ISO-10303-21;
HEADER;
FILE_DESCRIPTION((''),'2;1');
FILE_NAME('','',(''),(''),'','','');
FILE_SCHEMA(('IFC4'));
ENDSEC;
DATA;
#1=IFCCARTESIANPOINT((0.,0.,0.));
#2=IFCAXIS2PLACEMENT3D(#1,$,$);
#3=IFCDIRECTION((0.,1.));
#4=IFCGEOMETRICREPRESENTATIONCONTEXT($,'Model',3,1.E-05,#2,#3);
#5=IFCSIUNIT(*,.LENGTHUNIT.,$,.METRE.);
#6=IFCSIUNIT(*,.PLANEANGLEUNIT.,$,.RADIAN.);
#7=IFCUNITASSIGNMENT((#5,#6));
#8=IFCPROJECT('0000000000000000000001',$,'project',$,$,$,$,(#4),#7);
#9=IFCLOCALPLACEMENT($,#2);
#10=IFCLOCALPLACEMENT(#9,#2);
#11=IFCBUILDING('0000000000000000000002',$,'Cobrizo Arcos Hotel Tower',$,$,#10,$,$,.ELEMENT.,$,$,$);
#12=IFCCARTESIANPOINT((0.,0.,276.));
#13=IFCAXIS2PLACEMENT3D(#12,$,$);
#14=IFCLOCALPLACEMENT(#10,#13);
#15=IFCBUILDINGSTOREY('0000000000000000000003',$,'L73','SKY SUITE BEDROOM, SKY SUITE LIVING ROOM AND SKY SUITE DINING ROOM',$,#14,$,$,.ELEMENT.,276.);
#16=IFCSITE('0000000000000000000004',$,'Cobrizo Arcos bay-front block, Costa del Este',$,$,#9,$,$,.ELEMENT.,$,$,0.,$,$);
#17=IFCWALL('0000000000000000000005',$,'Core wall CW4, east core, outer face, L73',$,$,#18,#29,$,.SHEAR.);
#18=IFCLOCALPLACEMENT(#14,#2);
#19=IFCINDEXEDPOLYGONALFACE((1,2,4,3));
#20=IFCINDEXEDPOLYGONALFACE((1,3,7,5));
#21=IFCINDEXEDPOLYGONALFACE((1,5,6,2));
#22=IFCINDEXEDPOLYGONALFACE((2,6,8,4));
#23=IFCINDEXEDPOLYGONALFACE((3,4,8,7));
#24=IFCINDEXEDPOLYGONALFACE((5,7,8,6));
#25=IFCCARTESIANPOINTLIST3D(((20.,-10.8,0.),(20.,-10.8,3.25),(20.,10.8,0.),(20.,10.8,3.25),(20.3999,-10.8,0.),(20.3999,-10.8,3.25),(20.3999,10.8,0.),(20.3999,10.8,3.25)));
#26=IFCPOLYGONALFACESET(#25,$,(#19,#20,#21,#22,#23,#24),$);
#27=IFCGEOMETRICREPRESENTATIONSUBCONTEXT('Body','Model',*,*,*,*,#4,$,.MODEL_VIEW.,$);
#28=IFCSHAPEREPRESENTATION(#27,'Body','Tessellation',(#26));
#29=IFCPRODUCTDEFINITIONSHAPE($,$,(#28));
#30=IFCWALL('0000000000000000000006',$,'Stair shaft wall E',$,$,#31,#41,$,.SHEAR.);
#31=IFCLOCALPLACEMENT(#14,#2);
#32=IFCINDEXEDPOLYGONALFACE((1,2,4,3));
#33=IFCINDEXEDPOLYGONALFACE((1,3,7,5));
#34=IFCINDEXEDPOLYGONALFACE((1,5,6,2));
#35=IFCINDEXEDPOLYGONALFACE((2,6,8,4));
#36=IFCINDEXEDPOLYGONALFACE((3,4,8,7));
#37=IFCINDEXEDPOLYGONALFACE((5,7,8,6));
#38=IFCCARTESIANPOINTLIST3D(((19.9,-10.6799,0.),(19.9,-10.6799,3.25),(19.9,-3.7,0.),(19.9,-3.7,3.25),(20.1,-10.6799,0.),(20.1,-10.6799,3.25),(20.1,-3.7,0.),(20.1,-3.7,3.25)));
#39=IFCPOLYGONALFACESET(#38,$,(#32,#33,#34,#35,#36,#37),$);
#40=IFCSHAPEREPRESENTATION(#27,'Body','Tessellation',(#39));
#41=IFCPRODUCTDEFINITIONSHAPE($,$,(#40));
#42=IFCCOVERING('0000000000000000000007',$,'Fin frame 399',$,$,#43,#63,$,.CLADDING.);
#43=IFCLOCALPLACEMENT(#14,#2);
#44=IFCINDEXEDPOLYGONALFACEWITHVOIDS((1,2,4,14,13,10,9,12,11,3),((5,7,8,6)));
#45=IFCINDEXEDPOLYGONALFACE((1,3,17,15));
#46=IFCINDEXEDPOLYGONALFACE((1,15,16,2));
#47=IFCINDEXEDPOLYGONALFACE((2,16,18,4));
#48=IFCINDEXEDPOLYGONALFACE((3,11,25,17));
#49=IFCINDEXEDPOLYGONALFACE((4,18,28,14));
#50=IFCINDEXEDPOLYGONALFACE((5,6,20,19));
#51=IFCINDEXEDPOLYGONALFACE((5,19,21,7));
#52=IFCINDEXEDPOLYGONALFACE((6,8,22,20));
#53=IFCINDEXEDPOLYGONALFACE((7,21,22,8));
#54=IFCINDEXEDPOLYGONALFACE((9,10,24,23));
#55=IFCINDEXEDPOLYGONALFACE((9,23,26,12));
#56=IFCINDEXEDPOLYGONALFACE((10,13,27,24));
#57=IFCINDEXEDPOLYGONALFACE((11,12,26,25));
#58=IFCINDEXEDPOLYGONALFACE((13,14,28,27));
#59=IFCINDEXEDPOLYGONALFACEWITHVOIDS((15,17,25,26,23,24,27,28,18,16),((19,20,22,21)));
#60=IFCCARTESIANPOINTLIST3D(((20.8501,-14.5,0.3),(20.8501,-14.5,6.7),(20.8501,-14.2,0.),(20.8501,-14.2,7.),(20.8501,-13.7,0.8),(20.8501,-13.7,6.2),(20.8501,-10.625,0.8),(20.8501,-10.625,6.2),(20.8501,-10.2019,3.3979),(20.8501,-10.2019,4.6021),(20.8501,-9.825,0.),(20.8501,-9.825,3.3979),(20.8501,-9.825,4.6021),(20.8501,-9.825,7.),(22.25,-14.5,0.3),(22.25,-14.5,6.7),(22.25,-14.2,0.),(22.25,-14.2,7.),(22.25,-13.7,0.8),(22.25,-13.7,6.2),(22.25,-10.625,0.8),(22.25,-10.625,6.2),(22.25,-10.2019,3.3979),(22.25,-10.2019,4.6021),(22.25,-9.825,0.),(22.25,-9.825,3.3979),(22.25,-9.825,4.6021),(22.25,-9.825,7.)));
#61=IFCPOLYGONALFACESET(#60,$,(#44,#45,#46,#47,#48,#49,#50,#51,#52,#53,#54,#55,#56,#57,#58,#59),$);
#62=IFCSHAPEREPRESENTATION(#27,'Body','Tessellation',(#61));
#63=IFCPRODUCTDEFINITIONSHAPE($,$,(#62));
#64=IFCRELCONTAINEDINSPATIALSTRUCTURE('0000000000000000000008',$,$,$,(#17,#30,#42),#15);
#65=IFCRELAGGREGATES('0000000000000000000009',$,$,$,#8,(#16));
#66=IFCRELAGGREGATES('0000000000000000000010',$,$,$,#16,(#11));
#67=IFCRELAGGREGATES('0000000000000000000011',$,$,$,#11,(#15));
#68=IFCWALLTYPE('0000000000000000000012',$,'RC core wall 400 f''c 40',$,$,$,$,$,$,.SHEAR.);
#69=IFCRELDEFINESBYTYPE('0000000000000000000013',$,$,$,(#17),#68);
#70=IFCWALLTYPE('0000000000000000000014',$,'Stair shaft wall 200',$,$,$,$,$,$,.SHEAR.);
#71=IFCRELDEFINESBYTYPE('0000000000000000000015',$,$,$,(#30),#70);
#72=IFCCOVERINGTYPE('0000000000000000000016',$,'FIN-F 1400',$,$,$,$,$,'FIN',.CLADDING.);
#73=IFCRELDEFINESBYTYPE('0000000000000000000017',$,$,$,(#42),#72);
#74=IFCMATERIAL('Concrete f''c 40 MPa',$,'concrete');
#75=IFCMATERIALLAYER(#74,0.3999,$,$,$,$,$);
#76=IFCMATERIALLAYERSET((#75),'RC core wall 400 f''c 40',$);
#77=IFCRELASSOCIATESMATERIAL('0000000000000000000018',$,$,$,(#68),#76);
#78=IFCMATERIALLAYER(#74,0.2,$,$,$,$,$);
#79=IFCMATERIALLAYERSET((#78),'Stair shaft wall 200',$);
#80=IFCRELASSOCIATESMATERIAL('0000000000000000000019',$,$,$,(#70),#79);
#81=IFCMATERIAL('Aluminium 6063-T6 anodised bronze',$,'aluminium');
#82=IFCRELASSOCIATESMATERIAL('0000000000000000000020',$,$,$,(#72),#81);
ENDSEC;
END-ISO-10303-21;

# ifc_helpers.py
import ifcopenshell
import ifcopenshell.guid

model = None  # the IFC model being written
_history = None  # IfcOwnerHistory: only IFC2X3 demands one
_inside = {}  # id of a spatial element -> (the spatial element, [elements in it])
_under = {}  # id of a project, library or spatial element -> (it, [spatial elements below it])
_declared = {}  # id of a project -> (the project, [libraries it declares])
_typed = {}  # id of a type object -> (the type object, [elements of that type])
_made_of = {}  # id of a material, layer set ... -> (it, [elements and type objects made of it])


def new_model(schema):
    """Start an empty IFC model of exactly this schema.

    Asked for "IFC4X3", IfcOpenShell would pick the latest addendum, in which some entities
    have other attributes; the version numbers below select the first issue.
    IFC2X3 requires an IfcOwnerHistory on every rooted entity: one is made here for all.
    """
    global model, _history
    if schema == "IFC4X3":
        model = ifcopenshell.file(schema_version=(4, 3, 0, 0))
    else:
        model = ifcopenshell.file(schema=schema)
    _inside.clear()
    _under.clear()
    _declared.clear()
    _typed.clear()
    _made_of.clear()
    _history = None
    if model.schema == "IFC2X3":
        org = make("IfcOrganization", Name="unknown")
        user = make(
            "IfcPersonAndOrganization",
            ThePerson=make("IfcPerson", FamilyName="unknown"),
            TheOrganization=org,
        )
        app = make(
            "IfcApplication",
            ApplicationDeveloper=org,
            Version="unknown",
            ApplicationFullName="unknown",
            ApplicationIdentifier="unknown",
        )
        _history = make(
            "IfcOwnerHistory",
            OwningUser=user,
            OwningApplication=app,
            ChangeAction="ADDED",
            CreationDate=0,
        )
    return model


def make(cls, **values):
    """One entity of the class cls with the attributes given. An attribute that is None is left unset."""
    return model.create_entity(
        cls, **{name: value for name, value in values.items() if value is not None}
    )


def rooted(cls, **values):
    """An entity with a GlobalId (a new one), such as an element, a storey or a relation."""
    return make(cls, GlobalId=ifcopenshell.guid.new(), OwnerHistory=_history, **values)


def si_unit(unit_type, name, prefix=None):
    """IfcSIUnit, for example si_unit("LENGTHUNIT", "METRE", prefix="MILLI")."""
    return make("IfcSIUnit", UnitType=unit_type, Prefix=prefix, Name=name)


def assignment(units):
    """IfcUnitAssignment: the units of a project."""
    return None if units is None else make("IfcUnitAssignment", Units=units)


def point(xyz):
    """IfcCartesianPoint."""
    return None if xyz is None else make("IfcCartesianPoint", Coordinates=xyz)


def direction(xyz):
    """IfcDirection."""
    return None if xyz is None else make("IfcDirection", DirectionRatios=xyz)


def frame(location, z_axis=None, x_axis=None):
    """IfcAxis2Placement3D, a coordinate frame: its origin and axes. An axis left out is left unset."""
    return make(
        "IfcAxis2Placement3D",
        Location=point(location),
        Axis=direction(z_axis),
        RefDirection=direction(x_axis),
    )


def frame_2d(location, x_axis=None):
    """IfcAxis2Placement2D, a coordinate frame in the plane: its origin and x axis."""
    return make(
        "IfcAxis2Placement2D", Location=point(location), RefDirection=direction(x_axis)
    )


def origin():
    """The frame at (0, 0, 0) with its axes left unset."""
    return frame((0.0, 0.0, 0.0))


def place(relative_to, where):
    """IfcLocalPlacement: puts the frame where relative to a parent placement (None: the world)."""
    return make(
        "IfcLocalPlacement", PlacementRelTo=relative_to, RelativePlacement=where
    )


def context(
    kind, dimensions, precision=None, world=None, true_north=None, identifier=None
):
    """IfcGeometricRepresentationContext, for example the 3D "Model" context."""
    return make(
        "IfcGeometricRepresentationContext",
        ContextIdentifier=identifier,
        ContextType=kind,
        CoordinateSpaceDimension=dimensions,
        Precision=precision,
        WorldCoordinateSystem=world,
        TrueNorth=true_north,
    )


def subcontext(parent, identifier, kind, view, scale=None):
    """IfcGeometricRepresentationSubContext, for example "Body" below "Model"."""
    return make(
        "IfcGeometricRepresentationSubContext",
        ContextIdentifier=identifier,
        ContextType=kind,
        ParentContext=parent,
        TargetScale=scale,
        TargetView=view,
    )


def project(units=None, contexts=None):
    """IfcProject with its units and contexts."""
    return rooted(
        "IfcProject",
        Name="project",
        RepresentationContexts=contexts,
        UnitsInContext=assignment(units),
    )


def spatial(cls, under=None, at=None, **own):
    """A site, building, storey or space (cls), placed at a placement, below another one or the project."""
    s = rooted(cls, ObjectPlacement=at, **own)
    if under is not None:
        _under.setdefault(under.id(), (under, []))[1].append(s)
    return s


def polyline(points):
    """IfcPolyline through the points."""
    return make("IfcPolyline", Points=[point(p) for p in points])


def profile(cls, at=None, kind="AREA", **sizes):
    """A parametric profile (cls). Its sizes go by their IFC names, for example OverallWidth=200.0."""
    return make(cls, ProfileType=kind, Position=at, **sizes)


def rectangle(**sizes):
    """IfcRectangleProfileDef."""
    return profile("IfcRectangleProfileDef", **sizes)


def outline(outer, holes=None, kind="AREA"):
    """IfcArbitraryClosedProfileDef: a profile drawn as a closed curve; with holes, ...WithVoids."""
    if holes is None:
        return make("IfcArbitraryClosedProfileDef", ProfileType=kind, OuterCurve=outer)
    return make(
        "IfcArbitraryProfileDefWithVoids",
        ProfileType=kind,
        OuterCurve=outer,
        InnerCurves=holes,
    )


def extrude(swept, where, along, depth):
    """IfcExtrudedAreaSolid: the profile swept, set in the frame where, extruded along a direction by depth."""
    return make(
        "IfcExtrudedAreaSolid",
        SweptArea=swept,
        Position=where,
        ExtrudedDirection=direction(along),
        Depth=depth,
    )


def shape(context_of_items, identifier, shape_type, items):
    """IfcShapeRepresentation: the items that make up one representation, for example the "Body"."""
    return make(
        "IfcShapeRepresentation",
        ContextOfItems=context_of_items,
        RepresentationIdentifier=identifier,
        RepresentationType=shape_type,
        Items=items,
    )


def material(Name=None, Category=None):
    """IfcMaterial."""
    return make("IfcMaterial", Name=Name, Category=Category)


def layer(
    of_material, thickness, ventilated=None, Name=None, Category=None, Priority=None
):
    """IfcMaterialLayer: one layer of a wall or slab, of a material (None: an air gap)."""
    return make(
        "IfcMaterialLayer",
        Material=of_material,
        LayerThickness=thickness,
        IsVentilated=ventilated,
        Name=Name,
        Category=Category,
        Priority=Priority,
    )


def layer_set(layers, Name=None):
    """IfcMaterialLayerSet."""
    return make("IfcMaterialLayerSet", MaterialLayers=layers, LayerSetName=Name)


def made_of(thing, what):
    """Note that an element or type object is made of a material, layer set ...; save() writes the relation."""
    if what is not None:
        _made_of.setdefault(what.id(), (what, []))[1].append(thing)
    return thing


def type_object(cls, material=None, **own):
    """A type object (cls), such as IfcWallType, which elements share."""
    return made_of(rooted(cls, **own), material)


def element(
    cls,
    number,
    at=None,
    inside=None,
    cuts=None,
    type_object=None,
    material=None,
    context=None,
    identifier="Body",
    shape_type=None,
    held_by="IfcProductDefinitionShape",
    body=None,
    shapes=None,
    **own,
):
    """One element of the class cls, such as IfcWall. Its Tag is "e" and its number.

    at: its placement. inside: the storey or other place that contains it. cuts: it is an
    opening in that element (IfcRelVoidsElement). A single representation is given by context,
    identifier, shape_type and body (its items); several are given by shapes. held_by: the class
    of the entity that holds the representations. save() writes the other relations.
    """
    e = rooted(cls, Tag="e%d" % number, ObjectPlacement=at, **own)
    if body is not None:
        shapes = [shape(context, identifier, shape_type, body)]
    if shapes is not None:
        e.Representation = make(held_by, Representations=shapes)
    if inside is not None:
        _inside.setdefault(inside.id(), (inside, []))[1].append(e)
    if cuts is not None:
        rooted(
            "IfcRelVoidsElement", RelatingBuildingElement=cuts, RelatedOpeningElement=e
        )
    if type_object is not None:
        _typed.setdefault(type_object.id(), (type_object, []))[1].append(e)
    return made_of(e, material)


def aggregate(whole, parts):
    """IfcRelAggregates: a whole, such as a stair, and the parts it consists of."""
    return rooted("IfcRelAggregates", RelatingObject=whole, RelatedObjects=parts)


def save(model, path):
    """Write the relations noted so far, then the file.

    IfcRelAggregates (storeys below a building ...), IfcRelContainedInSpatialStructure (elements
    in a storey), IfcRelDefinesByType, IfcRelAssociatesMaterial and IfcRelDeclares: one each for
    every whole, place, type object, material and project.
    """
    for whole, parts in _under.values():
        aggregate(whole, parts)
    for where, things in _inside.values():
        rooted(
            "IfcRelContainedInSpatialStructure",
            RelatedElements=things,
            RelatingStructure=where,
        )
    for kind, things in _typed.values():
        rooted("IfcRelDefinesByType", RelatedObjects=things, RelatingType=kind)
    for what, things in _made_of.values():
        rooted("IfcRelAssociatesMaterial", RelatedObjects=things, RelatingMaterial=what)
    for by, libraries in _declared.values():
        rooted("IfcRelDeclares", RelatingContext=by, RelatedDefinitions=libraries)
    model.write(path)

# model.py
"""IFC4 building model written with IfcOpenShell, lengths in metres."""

from ifc_helpers import new_model, si_unit, direction, frame, frame_2d, origin, place, context, subcontext, project, spatial, polyline, rectangle, outline, extrude, material, layer, layer_set, type_object, element, save


model = new_model("IFC4")

# Units and contexts
model_context = context("Model", 3, precision=1e-05, world=origin(), true_north=direction((0.0, 1.0)))
body_context = subcontext(model_context, "Body", "Model", "MODEL_VIEW")
ifc_project = project(units=[si_unit("LENGTHUNIT", "METRE"), si_unit("PLANEANGLEUNIT", "RADIAN")], contexts=[model_context])

# Site, building, storey
site_placement = place(None, origin())
site = spatial("IfcSite", under=ifc_project, at=site_placement, Name="Cobrizo Arcos bay-front block, Costa del Este", CompositionType="ELEMENT", RefElevation=0.0)
building_placement = place(site_placement, origin())
building = spatial("IfcBuilding", under=site, at=building_placement, Name="Cobrizo Arcos Hotel Tower", CompositionType="ELEMENT")
storey_placement = place(building_placement, frame((0.0, 0.0, 276.0)))
storey = spatial("IfcBuildingStorey", under=building, at=storey_placement, Name="L73", Description="SKY SUITE BEDROOM, SKY SUITE LIVING ROOM AND SKY SUITE DINING ROOM", CompositionType="ELEMENT", Elevation=276.0)

# Shared definitions
ifc_material_1 = material(Name="Aluminium 6063-T6 anodised bronze", Category="aluminium")

# Shared definitions
ifc_material_2 = material(Name="Concrete f'c 40 MPa", Category="concrete")
ifc_layer_1 = layer(ifc_material_2, 0.3999)
ifc_layer_set_1 = layer_set([ifc_layer_1], Name="RC core wall 400 f'c 40")
wall_type_1 = type_object("IfcWallType", Name="RC core wall 400 f'c 40", PredefinedType="SHEAR", material=ifc_layer_set_1)

# Walls
wall_1_placement = place(storey_placement, frame((20.2, -10.8, 0.0), z_axis=(0.0, 0.0, 1.0), x_axis=(0.0, 1.0, 0.0)))
element("IfcWall", 1, at=wall_1_placement, inside=storey, type_object=wall_type_1, Name="Core wall CW4, east core, outer face, L73", PredefinedType="SHEAR", context=body_context, shape_type="SweptSolid", body=[
    extrude(rectangle(XDim=21.6001, YDim=0.3999, at=frame_2d((10.8, 0.0))), origin(), (0.0, 0.0, 1.0), 3.25),
])
ifc_layer_2 = layer(ifc_material_2, 0.2)
ifc_layer_set_2 = layer_set([ifc_layer_2], Name="Stair shaft wall 200")
wall_type_2 = type_object("IfcWallType", Name="Stair shaft wall 200", PredefinedType="SHEAR", material=ifc_layer_set_2)
wall_2_placement = place(storey_placement, frame((20.0, -10.6799, 0.0), z_axis=(0.0, 0.0, 1.0), x_axis=(0.0, 1.0, 0.0)))
element("IfcWall", 2, at=wall_2_placement, inside=storey, type_object=wall_type_2, Name="Stair shaft wall E", PredefinedType="SHEAR", context=body_context, shape_type="SweptSolid", body=[
    extrude(rectangle(XDim=6.98, YDim=0.2, at=frame_2d((3.49, 0.0))), origin(), (0.0, 0.0, 1.0), 3.25),
])

# Covering
covering_type = type_object("IfcCoveringType", Name="FIN-F 1400", ElementType="FIN", PredefinedType="CLADDING", material=ifc_material_1)
covering_placement = place(storey_placement, frame((20.8501, -14.5, 0.0), z_axis=(1.0, 0.0, 0.0), x_axis=(0.0, 1.0, 0.0)))
element("IfcCovering", 3, at=covering_placement, inside=storey, type_object=covering_type, Name="Fin frame 399", PredefinedType="CLADDING", context=body_context, shape_type="SweptSolid", body=[
    extrude(outline(polyline([(4.675, 0.0), (4.675, 3.3979), (4.2981, 3.3979), (4.2981, 4.6021), (4.675, 4.6021), (4.675, 7.0), (0.3, 7.0), (0.0, 6.7), (0.0, 0.3), (0.3, 0.0), (4.675, 0.0)]), holes=[polyline([(3.875, 0.8), (0.8, 0.8), (0.8, 6.2), (3.875, 6.2), (3.875, 0.8)])]), origin(), (0.0, 0.0, 1.0), 1.3999),
])

save(model, "model.ifc")
